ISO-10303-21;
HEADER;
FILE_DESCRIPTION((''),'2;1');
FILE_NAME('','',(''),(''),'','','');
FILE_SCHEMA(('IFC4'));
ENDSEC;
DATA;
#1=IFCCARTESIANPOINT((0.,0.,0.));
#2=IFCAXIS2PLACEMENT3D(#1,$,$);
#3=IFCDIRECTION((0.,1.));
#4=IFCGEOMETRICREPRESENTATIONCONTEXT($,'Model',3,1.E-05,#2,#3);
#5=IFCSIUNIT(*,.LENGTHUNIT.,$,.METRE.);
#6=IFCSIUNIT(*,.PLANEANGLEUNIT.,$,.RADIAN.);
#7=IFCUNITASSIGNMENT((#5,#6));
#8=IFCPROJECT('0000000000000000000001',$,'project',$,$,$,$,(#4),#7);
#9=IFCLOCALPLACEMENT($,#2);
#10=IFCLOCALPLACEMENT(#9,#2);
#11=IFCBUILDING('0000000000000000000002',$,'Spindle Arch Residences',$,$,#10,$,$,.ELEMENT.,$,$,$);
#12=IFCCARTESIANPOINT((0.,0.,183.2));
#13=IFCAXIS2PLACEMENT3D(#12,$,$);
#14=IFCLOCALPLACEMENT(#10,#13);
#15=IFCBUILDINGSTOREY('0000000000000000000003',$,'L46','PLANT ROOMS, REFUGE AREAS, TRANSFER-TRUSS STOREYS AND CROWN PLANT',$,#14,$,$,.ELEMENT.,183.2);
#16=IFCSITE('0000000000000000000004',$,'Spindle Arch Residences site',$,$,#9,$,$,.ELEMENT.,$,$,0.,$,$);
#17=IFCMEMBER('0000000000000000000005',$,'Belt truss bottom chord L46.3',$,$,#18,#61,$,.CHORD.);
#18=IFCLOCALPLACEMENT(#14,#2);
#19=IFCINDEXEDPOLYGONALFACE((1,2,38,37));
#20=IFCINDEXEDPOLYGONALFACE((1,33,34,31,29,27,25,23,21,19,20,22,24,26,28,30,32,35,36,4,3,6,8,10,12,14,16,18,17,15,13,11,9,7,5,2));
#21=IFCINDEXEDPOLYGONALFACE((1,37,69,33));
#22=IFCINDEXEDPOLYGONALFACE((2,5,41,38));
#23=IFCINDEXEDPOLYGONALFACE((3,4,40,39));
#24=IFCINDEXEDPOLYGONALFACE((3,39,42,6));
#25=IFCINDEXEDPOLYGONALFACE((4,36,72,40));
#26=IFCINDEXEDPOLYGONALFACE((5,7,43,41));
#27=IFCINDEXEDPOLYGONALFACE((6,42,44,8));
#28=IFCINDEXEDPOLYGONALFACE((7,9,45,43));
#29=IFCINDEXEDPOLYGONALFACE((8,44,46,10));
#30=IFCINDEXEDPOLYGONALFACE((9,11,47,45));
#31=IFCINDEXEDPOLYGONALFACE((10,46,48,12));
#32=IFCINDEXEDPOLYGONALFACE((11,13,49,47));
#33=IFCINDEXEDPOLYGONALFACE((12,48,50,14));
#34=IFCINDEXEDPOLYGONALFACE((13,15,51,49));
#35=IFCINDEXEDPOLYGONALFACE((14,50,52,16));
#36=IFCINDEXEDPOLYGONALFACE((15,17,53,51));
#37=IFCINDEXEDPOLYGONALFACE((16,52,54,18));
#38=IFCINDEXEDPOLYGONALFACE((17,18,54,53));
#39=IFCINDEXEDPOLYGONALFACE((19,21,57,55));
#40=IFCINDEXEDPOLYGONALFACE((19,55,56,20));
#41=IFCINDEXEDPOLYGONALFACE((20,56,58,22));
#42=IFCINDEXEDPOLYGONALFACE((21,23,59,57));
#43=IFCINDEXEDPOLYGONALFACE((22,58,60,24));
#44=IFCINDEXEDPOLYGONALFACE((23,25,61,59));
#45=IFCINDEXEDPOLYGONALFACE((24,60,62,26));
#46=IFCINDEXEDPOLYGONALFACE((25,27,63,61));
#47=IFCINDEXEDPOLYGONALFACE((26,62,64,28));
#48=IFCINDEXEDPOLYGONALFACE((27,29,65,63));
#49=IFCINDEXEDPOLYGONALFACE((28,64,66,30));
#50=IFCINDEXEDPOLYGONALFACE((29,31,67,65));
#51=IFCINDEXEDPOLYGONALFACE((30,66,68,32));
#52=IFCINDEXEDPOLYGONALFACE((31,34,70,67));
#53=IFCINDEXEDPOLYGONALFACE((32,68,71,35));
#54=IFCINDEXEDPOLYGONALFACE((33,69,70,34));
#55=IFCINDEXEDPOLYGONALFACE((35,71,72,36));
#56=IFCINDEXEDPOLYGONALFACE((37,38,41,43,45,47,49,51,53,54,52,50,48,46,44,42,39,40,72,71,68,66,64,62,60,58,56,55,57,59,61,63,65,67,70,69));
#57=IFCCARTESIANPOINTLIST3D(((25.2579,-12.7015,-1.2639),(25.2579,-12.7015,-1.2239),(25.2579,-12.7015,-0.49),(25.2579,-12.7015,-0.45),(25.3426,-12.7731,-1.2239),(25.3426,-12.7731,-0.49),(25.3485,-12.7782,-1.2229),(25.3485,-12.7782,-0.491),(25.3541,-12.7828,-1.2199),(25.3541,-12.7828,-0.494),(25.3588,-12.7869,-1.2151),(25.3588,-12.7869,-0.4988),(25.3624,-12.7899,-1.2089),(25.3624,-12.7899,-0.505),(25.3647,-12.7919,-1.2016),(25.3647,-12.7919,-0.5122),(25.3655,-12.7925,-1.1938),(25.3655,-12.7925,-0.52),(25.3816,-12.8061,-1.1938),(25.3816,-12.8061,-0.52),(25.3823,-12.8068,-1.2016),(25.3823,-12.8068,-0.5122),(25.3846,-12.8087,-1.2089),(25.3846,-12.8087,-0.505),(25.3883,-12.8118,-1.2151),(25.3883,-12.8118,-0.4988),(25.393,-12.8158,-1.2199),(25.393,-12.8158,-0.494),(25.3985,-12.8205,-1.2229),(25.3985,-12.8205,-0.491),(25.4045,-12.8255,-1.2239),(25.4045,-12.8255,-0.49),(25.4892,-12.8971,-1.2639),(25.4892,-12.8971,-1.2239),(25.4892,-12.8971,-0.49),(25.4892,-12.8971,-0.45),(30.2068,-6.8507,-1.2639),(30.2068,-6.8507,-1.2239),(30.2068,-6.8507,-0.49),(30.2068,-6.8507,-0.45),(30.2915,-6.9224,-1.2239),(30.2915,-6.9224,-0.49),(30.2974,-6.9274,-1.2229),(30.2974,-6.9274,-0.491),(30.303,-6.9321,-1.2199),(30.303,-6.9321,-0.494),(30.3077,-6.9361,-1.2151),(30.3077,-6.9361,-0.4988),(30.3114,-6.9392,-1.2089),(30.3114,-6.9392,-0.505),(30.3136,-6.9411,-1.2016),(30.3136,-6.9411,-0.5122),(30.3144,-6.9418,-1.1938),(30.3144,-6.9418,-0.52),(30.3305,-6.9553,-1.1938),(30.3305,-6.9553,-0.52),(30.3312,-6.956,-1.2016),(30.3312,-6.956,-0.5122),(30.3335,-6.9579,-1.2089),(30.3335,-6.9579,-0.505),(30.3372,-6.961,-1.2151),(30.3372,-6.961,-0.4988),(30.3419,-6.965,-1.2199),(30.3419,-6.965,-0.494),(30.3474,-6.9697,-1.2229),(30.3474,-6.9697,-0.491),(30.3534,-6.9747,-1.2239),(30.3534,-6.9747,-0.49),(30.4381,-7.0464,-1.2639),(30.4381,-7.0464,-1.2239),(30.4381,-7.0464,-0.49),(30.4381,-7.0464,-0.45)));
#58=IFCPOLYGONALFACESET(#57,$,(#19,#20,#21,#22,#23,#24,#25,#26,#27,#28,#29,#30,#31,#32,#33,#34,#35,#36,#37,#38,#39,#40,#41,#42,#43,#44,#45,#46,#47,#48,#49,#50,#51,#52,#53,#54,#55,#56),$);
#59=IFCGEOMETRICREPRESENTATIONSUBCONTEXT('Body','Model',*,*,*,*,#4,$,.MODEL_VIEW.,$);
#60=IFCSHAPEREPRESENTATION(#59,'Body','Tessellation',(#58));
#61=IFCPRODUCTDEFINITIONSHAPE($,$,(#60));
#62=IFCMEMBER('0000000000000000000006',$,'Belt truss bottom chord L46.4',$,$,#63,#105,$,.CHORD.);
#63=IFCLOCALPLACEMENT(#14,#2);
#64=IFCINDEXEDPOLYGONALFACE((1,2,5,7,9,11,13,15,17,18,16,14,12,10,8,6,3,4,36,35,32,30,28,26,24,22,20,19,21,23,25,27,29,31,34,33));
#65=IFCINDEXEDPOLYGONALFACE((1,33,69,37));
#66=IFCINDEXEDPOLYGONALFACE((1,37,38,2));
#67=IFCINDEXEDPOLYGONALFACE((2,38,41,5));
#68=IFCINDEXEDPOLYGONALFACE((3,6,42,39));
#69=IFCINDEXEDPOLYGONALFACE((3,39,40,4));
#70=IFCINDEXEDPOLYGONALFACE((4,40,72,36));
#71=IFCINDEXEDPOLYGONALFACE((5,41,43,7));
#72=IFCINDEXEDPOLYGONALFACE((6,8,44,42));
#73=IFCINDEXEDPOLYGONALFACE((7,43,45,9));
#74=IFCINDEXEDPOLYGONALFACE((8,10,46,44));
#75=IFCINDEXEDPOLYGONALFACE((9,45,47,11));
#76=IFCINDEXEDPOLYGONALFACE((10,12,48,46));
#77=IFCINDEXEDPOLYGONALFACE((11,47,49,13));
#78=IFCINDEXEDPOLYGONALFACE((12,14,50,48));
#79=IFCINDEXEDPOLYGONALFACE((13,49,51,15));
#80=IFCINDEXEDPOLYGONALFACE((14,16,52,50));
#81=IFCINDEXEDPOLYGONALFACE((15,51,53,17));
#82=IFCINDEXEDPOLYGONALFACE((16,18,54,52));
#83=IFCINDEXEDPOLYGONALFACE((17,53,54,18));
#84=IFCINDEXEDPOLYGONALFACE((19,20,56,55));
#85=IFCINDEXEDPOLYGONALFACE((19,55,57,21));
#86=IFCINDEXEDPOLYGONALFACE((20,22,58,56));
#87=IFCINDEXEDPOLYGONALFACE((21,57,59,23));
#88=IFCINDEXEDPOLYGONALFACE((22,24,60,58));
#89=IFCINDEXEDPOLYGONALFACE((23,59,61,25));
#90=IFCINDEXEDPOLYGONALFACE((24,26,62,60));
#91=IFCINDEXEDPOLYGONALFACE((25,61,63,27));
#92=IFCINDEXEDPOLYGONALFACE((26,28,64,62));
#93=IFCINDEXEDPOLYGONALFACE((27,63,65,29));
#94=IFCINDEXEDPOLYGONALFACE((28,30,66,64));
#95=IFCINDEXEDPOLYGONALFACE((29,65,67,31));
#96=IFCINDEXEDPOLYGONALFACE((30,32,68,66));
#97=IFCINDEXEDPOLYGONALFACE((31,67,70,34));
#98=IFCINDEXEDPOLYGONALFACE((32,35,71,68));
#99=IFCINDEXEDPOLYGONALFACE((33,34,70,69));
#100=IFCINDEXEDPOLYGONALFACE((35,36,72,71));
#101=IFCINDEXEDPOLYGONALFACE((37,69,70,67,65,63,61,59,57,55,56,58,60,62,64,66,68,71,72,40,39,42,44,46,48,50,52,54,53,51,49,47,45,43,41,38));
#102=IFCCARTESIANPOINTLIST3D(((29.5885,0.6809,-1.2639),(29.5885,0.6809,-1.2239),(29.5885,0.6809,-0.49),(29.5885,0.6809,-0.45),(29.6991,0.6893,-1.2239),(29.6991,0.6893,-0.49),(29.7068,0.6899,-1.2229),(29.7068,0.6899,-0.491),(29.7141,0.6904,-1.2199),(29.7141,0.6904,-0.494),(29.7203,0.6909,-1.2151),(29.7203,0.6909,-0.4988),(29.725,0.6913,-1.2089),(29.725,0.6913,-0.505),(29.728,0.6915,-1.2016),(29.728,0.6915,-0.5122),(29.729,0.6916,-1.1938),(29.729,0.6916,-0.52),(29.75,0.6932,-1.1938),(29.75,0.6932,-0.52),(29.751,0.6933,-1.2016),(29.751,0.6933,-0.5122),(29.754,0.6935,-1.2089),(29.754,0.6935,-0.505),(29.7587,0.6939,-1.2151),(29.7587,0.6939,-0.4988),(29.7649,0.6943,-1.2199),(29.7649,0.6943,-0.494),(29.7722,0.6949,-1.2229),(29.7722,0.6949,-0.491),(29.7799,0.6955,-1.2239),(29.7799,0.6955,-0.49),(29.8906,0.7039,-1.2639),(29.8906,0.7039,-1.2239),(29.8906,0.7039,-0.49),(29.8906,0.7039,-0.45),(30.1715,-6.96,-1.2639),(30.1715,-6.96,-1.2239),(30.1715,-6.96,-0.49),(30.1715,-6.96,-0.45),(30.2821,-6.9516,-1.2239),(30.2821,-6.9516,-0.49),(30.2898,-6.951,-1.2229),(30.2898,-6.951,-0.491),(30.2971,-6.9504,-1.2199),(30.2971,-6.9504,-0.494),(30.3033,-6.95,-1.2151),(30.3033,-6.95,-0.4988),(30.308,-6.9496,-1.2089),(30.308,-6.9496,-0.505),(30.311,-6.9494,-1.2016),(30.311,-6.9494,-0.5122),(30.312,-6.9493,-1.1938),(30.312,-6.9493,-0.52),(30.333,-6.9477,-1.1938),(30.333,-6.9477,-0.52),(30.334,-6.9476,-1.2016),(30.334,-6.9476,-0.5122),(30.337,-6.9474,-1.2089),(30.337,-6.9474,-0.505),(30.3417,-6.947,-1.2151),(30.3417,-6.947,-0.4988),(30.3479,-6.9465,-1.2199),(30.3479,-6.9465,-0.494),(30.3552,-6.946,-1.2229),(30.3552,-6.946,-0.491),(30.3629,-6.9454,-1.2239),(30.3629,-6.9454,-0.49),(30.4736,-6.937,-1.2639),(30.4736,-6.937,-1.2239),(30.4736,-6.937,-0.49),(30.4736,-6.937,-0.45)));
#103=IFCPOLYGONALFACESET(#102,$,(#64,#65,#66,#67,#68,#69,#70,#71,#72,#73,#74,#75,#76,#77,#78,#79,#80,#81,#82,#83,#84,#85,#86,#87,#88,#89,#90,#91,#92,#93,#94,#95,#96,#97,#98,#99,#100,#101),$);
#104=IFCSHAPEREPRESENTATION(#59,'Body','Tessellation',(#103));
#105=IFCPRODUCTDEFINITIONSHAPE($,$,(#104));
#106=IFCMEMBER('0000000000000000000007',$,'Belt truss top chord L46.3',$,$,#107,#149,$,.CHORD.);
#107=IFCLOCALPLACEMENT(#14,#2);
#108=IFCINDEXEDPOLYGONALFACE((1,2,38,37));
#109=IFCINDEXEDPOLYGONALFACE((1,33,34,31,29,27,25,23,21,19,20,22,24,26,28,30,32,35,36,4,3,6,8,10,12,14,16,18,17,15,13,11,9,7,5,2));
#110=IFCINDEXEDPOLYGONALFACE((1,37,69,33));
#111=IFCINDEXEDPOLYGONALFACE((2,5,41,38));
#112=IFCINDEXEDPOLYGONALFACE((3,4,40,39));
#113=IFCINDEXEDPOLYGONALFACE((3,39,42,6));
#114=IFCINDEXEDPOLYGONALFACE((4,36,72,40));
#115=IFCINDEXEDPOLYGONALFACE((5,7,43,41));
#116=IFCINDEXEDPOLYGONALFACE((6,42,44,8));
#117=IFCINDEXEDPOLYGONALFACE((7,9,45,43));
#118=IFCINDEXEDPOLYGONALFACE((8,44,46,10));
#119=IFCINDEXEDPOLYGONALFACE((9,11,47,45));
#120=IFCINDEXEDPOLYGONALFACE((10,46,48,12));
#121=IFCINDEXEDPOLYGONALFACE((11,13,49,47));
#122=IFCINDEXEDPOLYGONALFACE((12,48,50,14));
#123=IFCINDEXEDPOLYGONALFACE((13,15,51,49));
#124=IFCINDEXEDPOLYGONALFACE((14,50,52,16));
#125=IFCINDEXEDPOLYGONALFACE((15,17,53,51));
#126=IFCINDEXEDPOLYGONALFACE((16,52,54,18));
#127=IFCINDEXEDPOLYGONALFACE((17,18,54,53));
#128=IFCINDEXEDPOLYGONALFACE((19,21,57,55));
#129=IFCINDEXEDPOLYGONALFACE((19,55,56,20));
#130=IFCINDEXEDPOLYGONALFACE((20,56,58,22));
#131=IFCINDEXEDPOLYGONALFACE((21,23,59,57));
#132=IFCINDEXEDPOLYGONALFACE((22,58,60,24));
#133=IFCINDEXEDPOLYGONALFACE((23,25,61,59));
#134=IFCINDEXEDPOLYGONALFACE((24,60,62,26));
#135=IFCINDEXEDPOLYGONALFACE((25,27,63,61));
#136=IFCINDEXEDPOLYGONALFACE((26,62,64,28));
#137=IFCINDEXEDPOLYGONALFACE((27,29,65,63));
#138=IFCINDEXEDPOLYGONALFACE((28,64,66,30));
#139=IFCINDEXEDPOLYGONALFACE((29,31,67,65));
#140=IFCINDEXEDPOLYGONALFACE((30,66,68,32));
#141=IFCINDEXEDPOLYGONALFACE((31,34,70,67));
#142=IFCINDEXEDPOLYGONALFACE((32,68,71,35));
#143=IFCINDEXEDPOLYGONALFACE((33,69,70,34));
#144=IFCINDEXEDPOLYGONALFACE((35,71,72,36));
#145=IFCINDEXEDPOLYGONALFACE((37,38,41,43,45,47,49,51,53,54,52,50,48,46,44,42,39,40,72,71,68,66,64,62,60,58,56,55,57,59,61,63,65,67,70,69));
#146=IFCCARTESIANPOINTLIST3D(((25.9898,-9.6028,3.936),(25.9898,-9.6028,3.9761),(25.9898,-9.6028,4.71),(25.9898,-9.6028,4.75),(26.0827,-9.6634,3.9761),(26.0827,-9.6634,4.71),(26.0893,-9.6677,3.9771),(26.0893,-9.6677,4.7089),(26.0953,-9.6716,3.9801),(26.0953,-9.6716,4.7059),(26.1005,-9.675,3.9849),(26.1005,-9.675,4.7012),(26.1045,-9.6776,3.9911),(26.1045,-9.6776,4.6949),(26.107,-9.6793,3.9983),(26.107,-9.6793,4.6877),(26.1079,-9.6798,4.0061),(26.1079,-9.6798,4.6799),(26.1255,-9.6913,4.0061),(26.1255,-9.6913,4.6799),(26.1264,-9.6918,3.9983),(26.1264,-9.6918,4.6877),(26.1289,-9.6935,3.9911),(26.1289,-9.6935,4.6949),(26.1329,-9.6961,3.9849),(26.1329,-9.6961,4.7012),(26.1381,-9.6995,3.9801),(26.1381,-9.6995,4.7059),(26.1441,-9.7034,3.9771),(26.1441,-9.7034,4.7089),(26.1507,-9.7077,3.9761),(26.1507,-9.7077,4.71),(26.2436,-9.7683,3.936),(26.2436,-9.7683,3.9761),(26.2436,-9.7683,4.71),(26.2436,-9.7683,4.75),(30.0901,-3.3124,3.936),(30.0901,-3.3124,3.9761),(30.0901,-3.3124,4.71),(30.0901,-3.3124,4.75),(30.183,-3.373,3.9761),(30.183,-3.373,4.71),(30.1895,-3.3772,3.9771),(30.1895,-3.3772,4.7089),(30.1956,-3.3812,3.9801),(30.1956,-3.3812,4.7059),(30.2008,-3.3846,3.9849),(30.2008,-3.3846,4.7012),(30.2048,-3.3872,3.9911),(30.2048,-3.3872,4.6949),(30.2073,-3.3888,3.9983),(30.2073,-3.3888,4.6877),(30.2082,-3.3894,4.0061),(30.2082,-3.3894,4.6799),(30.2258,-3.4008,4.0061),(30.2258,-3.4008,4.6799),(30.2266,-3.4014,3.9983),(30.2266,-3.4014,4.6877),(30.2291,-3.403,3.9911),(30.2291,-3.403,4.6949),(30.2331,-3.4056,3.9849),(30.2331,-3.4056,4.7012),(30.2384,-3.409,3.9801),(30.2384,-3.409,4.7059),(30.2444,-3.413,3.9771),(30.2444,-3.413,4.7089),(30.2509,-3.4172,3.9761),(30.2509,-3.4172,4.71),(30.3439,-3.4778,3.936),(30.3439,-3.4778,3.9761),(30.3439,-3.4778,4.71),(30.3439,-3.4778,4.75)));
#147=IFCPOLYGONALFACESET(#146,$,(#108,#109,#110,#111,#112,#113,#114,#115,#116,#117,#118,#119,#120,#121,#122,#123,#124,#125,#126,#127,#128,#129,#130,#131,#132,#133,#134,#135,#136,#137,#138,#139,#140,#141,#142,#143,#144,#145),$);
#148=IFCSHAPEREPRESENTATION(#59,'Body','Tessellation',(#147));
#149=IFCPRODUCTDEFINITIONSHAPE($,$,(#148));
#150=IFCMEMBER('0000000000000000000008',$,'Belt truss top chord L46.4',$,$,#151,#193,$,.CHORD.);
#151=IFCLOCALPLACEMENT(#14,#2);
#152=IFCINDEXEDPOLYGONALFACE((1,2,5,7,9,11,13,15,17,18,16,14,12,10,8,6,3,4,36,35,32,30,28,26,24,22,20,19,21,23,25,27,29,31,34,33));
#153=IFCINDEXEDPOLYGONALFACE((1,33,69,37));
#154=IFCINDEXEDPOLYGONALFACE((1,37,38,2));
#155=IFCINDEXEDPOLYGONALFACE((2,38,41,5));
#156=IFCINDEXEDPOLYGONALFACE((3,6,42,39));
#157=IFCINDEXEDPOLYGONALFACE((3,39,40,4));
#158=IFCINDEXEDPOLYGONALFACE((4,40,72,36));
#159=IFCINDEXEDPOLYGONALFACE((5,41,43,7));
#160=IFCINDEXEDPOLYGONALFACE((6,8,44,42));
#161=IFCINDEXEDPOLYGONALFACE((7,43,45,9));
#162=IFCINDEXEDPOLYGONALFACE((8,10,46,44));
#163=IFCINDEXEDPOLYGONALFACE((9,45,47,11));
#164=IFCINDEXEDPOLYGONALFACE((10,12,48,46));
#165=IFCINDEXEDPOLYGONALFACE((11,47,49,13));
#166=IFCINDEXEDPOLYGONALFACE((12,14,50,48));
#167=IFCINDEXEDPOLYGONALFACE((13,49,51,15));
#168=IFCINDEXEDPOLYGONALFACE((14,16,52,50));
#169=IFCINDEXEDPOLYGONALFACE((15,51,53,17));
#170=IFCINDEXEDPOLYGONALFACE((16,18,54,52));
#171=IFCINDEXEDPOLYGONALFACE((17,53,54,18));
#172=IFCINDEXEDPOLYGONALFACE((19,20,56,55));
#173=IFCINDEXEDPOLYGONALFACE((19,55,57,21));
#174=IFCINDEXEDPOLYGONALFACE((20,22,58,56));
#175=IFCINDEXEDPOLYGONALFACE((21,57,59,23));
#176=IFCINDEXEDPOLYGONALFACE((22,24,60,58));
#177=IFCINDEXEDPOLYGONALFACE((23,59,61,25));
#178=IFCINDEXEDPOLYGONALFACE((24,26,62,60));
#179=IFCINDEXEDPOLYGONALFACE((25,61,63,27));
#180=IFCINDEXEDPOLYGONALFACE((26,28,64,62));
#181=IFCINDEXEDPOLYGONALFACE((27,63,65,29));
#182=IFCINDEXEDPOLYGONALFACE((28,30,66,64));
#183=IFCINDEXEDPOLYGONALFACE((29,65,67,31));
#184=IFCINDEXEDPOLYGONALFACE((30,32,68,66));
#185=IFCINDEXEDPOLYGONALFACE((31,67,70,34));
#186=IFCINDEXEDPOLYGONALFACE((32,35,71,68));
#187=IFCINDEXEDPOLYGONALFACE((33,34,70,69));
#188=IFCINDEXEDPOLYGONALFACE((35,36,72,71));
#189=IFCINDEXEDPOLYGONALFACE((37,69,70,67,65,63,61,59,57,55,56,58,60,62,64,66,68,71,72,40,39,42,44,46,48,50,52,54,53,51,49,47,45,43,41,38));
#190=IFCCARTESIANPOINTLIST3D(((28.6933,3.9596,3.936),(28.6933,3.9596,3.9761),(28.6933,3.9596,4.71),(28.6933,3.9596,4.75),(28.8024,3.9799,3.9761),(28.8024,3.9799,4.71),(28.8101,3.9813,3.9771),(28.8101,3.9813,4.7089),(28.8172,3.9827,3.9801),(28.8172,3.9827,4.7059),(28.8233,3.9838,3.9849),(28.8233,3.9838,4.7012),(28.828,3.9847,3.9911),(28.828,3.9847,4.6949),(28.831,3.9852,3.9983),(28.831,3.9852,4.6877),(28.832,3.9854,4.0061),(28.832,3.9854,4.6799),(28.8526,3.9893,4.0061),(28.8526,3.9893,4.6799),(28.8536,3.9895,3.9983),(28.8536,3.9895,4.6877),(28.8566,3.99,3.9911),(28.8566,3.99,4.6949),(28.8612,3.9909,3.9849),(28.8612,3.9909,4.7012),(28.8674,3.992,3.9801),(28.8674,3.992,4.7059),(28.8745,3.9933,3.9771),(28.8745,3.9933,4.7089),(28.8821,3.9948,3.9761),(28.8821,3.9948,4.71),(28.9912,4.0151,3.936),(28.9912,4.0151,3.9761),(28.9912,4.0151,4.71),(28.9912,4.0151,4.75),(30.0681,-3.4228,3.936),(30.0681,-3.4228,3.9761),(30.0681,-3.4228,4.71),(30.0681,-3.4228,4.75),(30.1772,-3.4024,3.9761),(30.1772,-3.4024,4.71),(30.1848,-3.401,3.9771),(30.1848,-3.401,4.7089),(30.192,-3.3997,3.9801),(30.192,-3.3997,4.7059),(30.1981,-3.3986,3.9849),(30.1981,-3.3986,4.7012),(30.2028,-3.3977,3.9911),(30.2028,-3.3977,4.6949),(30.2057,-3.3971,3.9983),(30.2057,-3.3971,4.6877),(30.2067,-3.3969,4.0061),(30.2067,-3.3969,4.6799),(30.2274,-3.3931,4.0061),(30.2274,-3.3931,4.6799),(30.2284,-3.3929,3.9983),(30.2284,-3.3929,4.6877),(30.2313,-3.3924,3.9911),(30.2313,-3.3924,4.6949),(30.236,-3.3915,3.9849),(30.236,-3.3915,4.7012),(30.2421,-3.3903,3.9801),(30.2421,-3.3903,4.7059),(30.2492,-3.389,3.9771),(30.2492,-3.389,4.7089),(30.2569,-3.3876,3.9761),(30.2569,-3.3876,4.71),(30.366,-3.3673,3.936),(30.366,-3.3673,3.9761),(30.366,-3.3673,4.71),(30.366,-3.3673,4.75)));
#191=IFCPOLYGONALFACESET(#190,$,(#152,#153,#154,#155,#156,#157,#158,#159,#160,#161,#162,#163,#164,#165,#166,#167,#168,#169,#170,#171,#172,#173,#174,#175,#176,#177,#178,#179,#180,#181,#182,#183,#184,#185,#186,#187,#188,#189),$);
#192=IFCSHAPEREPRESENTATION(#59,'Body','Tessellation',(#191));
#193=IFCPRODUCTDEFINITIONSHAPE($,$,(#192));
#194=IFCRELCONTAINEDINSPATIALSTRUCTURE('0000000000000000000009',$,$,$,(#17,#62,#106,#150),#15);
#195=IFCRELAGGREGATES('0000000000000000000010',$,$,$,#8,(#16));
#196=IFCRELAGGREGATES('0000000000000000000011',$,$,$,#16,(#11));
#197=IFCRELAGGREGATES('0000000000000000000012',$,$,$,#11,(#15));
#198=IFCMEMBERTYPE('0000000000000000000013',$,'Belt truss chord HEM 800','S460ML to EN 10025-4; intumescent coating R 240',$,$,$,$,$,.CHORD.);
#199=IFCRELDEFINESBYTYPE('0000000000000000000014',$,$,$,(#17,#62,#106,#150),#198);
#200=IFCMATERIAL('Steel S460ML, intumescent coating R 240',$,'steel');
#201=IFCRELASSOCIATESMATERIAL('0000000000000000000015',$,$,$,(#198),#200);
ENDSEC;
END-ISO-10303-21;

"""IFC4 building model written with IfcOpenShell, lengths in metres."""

from ifc_helpers import new_model, si_unit, direction, frame, origin, origin_2d, place, context, subcontext, project, spatial, i_section, extrude, material, material_profile, profile_set, type_object, element, save


model = new_model("IFC4")

# Units and contexts
model_context = context("Model", 3, precision=1e-05, world=origin(), true_north=direction((0.0, 1.0)))
body_context = subcontext(model_context, "Body", "Model", "MODEL_VIEW")
ifc_project = project(units=[si_unit("LENGTHUNIT", "METRE"), si_unit("PLANEANGLEUNIT", "RADIAN")], contexts=[model_context])

# Site, building, storey
site_placement = place(None, origin())
site = spatial("IfcSite", under=ifc_project, at=site_placement, Name="Spindle Arch Residences site", CompositionType="ELEMENT", RefElevation=0.0)
building_placement = place(site_placement, origin())
building = spatial("IfcBuilding", under=site, at=building_placement, Name="Spindle Arch Residences", CompositionType="ELEMENT")
storey_placement = place(building_placement, frame((0.0, 0.0, 183.2)))
storey = spatial("IfcBuildingStorey", under=building, at=storey_placement, Name="L46", Description="PLANT ROOMS, REFUGE AREAS, TRANSFER-TRUSS STOREYS AND CROWN PLANT", CompositionType="ELEMENT", Elevation=183.2)

# Members
ifc_material_1 = material(Name="Steel S460ML, intumescent coating R 240", Category="steel")
ifc_material_profile_1 = material_profile(ifc_material_1, i_section(OverallWidth=0.303, OverallDepth=0.814, WebThickness=0.021, FlangeThickness=0.04, FilletRadius=0.03, at=origin_2d()), Name="HEM 800")
ifc_profile_set_1 = profile_set([ifc_material_profile_1], Name="Steel S460ML, intumescent coating R 240")
member_type_1 = type_object("IfcMemberType", Name="Belt truss chord HEM 800", Description="S460ML to EN 10025-4; intumescent coating R 240", PredefinedType="CHORD", material=ifc_profile_set_1)
for number, where, z_axis, x_axis, name in (
    (1, (25.3735, -12.7993, -0.8569), (0.645811, 0.763497, 0.0), (-0.763497, 0.645811, 0.0), "Belt truss bottom chord L46.3"),
    (2, (30.3225, -6.9485, -0.8569), (-0.07608, 0.997102, 0.0), (-0.997102, -0.07608, 0.0), "Belt truss bottom chord L46.4"),
):
    element("IfcMember", number, at=place(storey_placement, frame(where, z_axis=z_axis, x_axis=x_axis)), inside=storey, type_object=member_type_1, Name=name, PredefinedType="CHORD", context=body_context, shape_type="SweptSolid", body=[
        extrude(i_section(OverallWidth=0.303, OverallDepth=0.814, WebThickness=0.021, FlangeThickness=0.04, FilletRadius=0.03, at=origin_2d()), origin(), (0.0, 0.0, 1.0), 7.6631),
    ])
member_1_placement = place(storey_placement, frame((26.1167, -9.6855, 4.343), z_axis=(0.546064, 0.837743, 0.0), x_axis=(-0.837743, 0.546064, 0.0)))
element("IfcMember", 3, at=member_1_placement, inside=storey, type_object=member_type_1, Name="Belt truss top chord L46.3", PredefinedType="CHORD", context=body_context, shape_type="SweptSolid", body=[
    extrude(i_section(OverallWidth=0.303, OverallDepth=0.814, WebThickness=0.021, FlangeThickness=0.04, FilletRadius=0.03, at=origin_2d()), origin(), (0.0, 0.0, 1.0), 7.5088),
])
member_2_placement = place(storey_placement, frame((30.217, -3.395, 4.343), z_axis=(-0.183075, 0.983099, 0.0), x_axis=(-0.983099, -0.183075, 0.0)))
element("IfcMember", 4, at=member_2_placement, inside=storey, type_object=member_type_1, Name="Belt truss top chord L46.4", PredefinedType="CHORD", context=body_context, shape_type="SweptSolid", body=[
    extrude(i_section(OverallWidth=0.303, OverallDepth=0.814, WebThickness=0.021, FlangeThickness=0.04, FilletRadius=0.03, at=origin_2d()), origin(), (0.0, 0.0, 1.0), 7.5093),
])

save(model, "model.ifc")
